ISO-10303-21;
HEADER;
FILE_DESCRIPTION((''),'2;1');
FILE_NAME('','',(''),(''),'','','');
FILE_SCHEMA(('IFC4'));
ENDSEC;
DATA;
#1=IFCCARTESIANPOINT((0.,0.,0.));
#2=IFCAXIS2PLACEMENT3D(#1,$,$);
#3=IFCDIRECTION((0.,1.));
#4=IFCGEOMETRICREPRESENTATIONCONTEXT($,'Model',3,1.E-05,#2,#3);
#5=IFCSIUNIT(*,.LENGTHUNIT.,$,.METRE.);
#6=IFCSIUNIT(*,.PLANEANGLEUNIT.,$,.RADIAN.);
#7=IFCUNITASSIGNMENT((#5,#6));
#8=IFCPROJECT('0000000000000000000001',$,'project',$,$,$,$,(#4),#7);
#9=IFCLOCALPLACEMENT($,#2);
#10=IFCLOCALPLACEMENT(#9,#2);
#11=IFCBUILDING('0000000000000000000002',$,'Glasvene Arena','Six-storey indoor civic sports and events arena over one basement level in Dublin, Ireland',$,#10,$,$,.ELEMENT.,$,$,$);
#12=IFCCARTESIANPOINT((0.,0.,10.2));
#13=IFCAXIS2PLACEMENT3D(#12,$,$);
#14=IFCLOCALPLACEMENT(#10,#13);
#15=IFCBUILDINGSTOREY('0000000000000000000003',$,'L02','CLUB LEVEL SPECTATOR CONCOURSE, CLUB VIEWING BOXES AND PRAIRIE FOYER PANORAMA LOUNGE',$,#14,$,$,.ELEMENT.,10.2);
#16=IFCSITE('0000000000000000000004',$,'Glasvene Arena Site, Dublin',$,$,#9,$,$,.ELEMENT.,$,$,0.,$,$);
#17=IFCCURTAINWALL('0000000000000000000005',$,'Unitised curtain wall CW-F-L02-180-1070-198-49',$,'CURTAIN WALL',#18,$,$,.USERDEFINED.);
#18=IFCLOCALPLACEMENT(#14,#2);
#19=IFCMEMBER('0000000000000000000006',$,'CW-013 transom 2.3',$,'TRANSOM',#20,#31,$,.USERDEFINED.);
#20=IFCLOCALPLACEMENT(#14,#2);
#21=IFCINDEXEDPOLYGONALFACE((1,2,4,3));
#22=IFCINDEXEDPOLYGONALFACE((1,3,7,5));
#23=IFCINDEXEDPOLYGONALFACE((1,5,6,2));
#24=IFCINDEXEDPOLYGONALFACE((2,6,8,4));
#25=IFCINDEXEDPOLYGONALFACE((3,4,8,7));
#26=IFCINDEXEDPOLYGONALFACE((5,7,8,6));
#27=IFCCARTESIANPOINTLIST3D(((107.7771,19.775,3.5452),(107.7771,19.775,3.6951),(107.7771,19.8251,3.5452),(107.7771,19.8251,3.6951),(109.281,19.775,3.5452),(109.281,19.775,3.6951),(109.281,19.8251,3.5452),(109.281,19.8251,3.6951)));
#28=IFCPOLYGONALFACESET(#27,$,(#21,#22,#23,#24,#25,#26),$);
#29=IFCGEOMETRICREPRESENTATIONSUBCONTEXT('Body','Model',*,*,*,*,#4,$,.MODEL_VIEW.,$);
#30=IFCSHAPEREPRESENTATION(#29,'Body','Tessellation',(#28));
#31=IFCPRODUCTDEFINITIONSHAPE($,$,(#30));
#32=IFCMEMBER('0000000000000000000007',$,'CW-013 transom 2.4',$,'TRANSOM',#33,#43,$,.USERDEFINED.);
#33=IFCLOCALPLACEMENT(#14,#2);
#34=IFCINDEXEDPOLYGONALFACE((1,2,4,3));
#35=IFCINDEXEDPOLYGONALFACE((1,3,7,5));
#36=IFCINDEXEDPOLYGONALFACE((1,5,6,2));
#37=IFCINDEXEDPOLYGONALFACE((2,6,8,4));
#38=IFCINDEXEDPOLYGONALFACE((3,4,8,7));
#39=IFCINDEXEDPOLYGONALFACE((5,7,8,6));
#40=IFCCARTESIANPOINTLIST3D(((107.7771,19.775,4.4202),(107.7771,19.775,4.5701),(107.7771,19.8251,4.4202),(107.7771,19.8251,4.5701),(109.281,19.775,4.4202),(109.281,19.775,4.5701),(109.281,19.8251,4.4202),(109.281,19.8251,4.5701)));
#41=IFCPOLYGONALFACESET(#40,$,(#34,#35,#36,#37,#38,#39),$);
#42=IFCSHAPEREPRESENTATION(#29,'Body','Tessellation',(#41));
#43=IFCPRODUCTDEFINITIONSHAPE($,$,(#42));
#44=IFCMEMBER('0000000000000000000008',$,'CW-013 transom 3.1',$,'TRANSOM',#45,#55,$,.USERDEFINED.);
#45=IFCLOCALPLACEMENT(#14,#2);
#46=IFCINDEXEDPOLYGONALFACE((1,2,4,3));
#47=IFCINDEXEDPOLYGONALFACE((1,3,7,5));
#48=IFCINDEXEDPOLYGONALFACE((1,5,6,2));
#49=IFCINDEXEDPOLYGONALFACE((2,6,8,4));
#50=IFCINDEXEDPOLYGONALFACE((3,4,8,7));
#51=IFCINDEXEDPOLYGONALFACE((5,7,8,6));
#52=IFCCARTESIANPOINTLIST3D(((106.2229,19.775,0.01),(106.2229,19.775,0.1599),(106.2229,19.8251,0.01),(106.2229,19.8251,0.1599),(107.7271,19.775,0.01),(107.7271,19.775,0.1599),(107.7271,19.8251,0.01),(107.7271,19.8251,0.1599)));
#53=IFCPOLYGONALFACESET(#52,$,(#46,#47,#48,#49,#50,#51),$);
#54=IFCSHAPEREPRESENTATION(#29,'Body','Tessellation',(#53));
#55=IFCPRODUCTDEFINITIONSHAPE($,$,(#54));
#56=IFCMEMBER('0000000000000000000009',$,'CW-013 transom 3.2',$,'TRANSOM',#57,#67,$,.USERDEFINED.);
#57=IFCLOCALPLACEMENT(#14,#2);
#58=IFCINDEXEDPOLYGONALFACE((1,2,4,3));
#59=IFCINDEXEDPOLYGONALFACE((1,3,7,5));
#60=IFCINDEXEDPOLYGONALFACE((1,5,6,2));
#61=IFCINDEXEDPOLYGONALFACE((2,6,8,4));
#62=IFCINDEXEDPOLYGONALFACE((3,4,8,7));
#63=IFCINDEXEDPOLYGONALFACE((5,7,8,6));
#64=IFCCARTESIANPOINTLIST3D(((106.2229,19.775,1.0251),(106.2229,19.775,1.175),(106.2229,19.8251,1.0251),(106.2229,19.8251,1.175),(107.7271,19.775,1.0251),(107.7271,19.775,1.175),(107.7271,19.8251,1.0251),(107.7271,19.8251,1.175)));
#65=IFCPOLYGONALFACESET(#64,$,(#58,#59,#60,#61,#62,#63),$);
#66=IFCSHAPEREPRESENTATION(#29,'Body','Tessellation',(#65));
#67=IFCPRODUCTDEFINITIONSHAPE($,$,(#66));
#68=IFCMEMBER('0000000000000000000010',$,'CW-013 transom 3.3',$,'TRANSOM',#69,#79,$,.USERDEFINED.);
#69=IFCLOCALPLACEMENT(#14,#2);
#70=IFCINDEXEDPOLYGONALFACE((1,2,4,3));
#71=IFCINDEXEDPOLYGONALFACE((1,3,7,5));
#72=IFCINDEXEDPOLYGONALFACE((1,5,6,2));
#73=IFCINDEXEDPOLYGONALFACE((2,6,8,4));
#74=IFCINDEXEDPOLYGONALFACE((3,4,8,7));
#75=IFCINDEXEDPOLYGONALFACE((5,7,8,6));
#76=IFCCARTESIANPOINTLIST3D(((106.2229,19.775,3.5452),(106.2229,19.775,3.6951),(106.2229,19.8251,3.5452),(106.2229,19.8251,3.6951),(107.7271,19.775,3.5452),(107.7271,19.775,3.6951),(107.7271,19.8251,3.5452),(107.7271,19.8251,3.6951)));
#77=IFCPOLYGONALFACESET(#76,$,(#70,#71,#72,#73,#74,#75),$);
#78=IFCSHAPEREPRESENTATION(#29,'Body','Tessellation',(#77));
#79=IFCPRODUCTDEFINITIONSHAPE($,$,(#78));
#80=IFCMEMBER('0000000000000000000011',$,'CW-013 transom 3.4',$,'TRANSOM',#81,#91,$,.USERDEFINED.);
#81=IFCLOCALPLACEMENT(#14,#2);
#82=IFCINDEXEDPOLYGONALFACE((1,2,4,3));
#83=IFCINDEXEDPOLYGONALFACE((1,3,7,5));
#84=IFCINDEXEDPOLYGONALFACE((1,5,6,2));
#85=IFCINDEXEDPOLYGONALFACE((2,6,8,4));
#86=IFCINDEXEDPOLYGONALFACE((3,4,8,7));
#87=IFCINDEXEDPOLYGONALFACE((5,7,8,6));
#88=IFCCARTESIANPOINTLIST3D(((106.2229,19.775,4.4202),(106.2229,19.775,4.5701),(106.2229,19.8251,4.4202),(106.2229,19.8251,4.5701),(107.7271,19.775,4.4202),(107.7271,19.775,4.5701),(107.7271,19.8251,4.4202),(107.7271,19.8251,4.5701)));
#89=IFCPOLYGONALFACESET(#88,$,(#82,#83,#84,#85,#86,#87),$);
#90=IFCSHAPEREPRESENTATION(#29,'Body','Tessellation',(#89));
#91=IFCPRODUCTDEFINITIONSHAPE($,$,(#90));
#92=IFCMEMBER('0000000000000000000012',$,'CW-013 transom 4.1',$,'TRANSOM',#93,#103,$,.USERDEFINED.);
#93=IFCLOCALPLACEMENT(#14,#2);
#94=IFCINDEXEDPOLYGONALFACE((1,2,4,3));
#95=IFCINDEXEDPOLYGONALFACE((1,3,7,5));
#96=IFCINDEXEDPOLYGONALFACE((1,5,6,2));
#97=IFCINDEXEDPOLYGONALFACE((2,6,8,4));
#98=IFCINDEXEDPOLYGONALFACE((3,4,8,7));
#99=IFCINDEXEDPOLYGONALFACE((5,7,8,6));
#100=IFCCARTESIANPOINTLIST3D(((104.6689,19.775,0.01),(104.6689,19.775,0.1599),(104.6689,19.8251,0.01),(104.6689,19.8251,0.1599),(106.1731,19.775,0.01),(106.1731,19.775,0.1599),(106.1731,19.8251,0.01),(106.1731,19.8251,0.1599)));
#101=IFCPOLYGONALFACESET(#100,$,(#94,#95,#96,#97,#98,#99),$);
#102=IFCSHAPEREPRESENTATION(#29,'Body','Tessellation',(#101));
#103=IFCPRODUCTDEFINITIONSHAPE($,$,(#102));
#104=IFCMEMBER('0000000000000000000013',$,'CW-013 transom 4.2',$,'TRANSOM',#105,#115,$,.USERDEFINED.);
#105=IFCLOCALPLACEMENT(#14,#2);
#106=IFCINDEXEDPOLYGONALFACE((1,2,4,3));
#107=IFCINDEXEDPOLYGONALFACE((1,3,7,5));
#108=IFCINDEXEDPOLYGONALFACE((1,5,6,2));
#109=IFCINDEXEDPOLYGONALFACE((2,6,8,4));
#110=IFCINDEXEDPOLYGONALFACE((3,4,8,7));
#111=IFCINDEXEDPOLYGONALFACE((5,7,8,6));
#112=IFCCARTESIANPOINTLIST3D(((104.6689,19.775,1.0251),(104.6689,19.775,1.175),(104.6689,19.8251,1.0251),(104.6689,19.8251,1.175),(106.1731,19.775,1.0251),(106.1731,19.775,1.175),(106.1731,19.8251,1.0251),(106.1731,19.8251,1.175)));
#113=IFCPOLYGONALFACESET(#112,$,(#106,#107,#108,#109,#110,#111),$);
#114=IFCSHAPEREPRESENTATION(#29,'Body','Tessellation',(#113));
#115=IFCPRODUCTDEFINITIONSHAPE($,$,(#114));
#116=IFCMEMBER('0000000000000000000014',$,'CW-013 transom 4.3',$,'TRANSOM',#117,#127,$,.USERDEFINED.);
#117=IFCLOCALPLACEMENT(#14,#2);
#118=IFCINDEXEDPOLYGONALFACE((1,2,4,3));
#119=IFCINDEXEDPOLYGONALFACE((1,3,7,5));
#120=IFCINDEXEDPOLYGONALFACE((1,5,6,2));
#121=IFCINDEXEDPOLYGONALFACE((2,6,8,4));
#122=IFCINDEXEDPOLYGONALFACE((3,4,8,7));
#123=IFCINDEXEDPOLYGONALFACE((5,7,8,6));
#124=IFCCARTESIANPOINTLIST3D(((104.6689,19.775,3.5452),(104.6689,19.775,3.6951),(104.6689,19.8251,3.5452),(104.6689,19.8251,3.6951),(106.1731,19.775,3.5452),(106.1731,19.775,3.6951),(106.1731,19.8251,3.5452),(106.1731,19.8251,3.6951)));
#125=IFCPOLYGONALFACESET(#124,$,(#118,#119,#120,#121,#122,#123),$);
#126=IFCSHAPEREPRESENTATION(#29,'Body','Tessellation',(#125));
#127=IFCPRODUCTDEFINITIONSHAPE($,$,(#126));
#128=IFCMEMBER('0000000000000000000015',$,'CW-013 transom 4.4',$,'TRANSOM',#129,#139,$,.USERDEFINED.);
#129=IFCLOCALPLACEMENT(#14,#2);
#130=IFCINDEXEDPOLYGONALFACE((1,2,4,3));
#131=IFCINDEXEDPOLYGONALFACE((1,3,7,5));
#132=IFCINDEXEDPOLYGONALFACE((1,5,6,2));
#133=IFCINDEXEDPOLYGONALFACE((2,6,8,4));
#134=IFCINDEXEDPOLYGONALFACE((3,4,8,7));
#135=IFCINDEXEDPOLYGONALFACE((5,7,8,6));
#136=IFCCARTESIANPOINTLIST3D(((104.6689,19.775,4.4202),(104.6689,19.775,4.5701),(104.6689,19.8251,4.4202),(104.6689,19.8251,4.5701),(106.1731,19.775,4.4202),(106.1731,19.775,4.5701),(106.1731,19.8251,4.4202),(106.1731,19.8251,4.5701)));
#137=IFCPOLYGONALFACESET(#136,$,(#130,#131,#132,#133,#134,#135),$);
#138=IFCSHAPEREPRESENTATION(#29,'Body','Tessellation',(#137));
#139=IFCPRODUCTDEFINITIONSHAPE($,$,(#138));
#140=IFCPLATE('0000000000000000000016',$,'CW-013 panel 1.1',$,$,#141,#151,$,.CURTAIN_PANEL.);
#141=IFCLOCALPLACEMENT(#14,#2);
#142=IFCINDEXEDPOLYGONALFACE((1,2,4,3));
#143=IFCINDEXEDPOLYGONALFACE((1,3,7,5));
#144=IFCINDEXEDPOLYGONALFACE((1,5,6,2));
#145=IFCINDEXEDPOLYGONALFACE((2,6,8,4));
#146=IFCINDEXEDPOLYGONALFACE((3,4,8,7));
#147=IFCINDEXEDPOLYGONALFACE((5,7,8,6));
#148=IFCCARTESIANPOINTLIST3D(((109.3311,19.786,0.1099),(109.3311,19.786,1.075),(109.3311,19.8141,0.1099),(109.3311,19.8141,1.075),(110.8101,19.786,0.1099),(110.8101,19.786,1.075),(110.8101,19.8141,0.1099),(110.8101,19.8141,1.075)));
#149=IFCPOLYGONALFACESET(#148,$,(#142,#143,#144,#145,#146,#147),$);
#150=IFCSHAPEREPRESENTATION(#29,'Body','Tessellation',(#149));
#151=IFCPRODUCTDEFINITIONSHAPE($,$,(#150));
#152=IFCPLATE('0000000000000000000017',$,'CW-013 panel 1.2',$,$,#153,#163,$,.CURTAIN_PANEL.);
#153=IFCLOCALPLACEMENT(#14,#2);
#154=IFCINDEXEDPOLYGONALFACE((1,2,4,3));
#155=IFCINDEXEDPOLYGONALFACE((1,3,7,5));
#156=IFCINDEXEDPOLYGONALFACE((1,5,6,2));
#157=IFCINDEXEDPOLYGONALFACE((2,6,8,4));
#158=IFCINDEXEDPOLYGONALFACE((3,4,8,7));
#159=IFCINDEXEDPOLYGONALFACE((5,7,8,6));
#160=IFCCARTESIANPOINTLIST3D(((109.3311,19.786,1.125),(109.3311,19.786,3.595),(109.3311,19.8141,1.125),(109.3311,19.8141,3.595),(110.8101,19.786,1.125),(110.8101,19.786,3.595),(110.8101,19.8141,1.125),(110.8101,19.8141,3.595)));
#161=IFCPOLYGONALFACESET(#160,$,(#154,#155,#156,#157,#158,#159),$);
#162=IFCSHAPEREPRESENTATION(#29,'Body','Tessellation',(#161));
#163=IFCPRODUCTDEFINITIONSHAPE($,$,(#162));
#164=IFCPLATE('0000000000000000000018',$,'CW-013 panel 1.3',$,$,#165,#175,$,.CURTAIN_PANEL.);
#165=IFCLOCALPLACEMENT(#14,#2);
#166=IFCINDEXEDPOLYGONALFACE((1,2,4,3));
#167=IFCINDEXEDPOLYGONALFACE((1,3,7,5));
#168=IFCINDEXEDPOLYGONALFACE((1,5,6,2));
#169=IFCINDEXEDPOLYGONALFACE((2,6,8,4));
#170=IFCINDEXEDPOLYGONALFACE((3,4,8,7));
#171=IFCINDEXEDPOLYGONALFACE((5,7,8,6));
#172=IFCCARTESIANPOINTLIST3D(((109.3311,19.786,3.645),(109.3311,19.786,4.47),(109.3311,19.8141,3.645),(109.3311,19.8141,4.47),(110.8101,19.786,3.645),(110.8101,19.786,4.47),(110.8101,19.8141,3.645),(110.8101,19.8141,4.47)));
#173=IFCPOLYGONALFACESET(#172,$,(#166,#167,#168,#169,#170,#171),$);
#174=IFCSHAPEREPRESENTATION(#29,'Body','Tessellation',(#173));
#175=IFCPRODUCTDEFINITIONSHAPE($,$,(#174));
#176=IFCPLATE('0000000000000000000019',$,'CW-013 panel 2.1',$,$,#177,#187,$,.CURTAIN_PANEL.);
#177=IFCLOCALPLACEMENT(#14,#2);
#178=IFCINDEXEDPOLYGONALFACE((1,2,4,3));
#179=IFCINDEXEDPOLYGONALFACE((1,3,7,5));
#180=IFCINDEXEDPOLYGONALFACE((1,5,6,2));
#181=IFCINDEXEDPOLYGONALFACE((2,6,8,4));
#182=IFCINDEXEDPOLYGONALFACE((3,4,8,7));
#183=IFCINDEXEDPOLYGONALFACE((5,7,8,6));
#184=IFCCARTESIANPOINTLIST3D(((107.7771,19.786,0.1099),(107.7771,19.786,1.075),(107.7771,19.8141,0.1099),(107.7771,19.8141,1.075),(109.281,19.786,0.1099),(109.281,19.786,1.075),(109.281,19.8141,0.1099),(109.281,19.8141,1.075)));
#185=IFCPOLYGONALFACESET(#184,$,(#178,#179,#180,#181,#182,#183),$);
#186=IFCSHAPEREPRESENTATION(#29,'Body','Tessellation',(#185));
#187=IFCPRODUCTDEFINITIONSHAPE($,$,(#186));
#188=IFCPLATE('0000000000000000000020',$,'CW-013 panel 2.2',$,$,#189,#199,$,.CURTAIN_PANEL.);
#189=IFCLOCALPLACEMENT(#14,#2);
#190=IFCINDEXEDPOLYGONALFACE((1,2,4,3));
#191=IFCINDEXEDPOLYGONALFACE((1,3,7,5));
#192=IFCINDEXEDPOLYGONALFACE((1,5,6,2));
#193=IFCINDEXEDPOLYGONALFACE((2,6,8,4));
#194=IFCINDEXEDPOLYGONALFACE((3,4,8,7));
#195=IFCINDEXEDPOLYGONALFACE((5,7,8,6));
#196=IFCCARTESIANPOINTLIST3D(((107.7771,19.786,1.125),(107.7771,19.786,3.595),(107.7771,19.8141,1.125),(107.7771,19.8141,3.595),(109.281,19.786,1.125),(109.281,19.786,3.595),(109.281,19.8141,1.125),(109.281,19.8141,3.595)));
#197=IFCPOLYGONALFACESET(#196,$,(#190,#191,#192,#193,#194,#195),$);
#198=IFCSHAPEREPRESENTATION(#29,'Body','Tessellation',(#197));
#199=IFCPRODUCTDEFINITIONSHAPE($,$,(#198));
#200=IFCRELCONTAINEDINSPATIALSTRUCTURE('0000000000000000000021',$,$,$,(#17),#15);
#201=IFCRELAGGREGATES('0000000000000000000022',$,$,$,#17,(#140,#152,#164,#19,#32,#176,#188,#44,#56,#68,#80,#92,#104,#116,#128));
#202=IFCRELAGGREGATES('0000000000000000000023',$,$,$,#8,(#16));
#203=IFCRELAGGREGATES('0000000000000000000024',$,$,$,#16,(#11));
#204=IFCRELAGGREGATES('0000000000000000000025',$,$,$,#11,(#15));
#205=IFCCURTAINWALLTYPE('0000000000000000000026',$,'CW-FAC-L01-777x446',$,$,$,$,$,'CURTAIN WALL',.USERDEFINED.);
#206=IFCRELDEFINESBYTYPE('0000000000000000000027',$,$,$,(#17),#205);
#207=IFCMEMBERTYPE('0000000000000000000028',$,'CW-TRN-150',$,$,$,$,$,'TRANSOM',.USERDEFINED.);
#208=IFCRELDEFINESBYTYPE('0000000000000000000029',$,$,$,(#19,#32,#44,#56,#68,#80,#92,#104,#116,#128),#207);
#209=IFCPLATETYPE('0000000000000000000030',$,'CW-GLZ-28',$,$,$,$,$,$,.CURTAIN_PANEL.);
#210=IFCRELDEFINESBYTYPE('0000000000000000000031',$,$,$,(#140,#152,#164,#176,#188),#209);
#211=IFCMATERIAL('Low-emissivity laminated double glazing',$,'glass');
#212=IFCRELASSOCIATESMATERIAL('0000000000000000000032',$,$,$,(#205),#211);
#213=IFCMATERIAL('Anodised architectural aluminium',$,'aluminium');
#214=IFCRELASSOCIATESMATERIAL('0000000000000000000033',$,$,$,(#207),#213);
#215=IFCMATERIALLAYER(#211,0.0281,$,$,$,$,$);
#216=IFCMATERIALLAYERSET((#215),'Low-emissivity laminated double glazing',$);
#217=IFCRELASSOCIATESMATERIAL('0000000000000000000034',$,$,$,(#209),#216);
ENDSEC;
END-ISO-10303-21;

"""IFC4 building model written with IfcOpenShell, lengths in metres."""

from ifc_helpers import new_model, si_unit, direction, frame, origin, origin_2d, place, context, subcontext, project, spatial, rectangle, extrude, material, layer, layer_set, material_profile, profile_set, type_object, element, aggregate, save


model = new_model("IFC4")

# Units and contexts
model_context = context("Model", 3, precision=1e-05, world=origin(), true_north=direction((0.0, 1.0)))
body_context = subcontext(model_context, "Body", "Model", "MODEL_VIEW")
ifc_project = project(units=[si_unit("LENGTHUNIT", "METRE"), si_unit("PLANEANGLEUNIT", "RADIAN")], contexts=[model_context])

# Site, building, storey
site_placement = place(None, origin())
site = spatial("IfcSite", under=ifc_project, at=site_placement, Name="Glasvene Arena Site, Dublin", CompositionType="ELEMENT", RefElevation=0.0)
building_placement = place(site_placement, origin())
building = spatial("IfcBuilding", under=site, at=building_placement, Name="Glasvene Arena", Description="Six-storey indoor civic sports and events arena over one basement level in Dublin, Ireland", CompositionType="ELEMENT")
storey_placement = place(building_placement, frame((0.0, 0.0, 10.2)))
storey = spatial("IfcBuildingStorey", under=building, at=storey_placement, Name="L02", Description="CLUB LEVEL SPECTATOR CONCOURSE, CLUB VIEWING BOXES AND PRAIRIE FOYER PANORAMA LOUNGE", CompositionType="ELEMENT", Elevation=10.2)

# Curtain wall, members, plates
ifc_material_1 = material(Name="Low-emissivity laminated double glazing", Category="glass")
curtain_wall_type = type_object("IfcCurtainWallType", Name="CW-FAC-L01-777x446", ElementType="CURTAIN WALL", PredefinedType="USERDEFINED", material=ifc_material_1)
curtain_wall_placement = place(storey_placement, frame((110.8601, 19.8, 0.0)))
curtain_wall = element("IfcCurtainWall", 1, at=curtain_wall_placement, inside=storey, type_object=curtain_wall_type, Name="Unitised curtain wall CW-F-L02-180-1070-198-49", ObjectType="CURTAIN WALL", PredefinedType="USERDEFINED")
ifc_material_2 = material(Name="Anodised architectural aluminium", Category="aluminium")
ifc_material_profile_1 = material_profile(ifc_material_2, rectangle(XDim=0.05, YDim=0.1499, at=origin_2d()), Name="ALU TRANSOM 50x150")
ifc_profile_set_1 = profile_set([ifc_material_profile_1], Name="Anodised architectural aluminium")
member_type_1 = type_object("IfcMemberType", Name="CW-TRN-150", ElementType="TRANSOM", PredefinedType="USERDEFINED", material=ifc_profile_set_1)
member_1_placement = place(storey_placement, frame((109.281, 19.8, 3.6201), z_axis=(-1.0, 0.0, 0.0), x_axis=(0.0, -1.0, 0.0)))
member_1 = element("IfcMember", 2, at=member_1_placement, type_object=member_type_1, Name="CW-013 transom 2.3", ObjectType="TRANSOM", PredefinedType="USERDEFINED", context=body_context, shape_type="SweptSolid", body=[
    extrude(rectangle(XDim=0.05, YDim=0.1499, at=origin_2d()), origin(), (0.0, 0.0, 1.0), 1.5039),
])
member_2_placement = place(storey_placement, frame((109.281, 19.8, 4.4951), z_axis=(-1.0, 0.0, 0.0), x_axis=(0.0, -1.0, 0.0)))
member_2 = element("IfcMember", 3, at=member_2_placement, type_object=member_type_1, Name="CW-013 transom 2.4", ObjectType="TRANSOM", PredefinedType="USERDEFINED", context=body_context, shape_type="SweptSolid", body=[
    extrude(rectangle(XDim=0.05, YDim=0.1499, at=origin_2d()), origin(), (0.0, 0.0, 1.0), 1.5039),
])
member_3_placement = place(storey_placement, frame((107.7271, 19.8, 0.085), z_axis=(-1.0, 0.0, 0.0), x_axis=(0.0, -1.0, 0.0)))
member_3 = element("IfcMember", 4, at=member_3_placement, type_object=member_type_1, Name="CW-013 transom 3.1", ObjectType="TRANSOM", PredefinedType="USERDEFINED", context=body_context, shape_type="SweptSolid", body=[
    extrude(rectangle(XDim=0.05, YDim=0.1499, at=origin_2d()), origin(), (0.0, 0.0, 1.0), 1.5042),
])
member_4_placement = place(storey_placement, frame((107.7271, 19.8, 1.1001), z_axis=(-1.0, 0.0, 0.0), x_axis=(0.0, -1.0, 0.0)))
member_4 = element("IfcMember", 5, at=member_4_placement, type_object=member_type_1, Name="CW-013 transom 3.2", ObjectType="TRANSOM", PredefinedType="USERDEFINED", context=body_context, shape_type="SweptSolid", body=[
    extrude(rectangle(XDim=0.05, YDim=0.1499, at=origin_2d()), origin(), (0.0, 0.0, 1.0), 1.5042),
])
member_5_placement = place(storey_placement, frame((107.7271, 19.8, 3.6201), z_axis=(-1.0, 0.0, 0.0), x_axis=(0.0, -1.0, 0.0)))
member_5 = element("IfcMember", 6, at=member_5_placement, type_object=member_type_1, Name="CW-013 transom 3.3", ObjectType="TRANSOM", PredefinedType="USERDEFINED", context=body_context, shape_type="SweptSolid", body=[
    extrude(rectangle(XDim=0.05, YDim=0.1499, at=origin_2d()), origin(), (0.0, 0.0, 1.0), 1.5042),
])
member_6_placement = place(storey_placement, frame((107.7271, 19.8, 4.4951), z_axis=(-1.0, 0.0, 0.0), x_axis=(0.0, -1.0, 0.0)))
member_6 = element("IfcMember", 7, at=member_6_placement, type_object=member_type_1, Name="CW-013 transom 3.4", ObjectType="TRANSOM", PredefinedType="USERDEFINED", context=body_context, shape_type="SweptSolid", body=[
    extrude(rectangle(XDim=0.05, YDim=0.1499, at=origin_2d()), origin(), (0.0, 0.0, 1.0), 1.5042),
])
member_7_placement = place(storey_placement, frame((106.1731, 19.8, 0.085), z_axis=(-1.0, 0.0, 0.0), x_axis=(0.0, -1.0, 0.0)))
member_7 = element("IfcMember", 8, at=member_7_placement, type_object=member_type_1, Name="CW-013 transom 4.1", ObjectType="TRANSOM", PredefinedType="USERDEFINED", context=body_context, shape_type="SweptSolid", body=[
    extrude(rectangle(XDim=0.05, YDim=0.1499, at=origin_2d()), origin(), (0.0, 0.0, 1.0), 1.5042),
])
member_8_placement = place(storey_placement, frame((106.1731, 19.8, 1.1001), z_axis=(-1.0, 0.0, 0.0), x_axis=(0.0, -1.0, 0.0)))
member_8 = element("IfcMember", 9, at=member_8_placement, type_object=member_type_1, Name="CW-013 transom 4.2", ObjectType="TRANSOM", PredefinedType="USERDEFINED", context=body_context, shape_type="SweptSolid", body=[
    extrude(rectangle(XDim=0.05, YDim=0.1499, at=origin_2d()), origin(), (0.0, 0.0, 1.0), 1.5042),
])
member_9_placement = place(storey_placement, frame((106.1731, 19.8, 3.6201), z_axis=(-1.0, 0.0, 0.0), x_axis=(0.0, -1.0, 0.0)))
member_9 = element("IfcMember", 10, at=member_9_placement, type_object=member_type_1, Name="CW-013 transom 4.3", ObjectType="TRANSOM", PredefinedType="USERDEFINED", context=body_context, shape_type="SweptSolid", body=[
    extrude(rectangle(XDim=0.05, YDim=0.1499, at=origin_2d()), origin(), (0.0, 0.0, 1.0), 1.5042),
])
member_10_placement = place(storey_placement, frame((106.1731, 19.8, 4.4951), z_axis=(-1.0, 0.0, 0.0), x_axis=(0.0, -1.0, 0.0)))
member_10 = element("IfcMember", 11, at=member_10_placement, type_object=member_type_1, Name="CW-013 transom 4.4", ObjectType="TRANSOM", PredefinedType="USERDEFINED", context=body_context, shape_type="SweptSolid", body=[
    extrude(rectangle(XDim=0.05, YDim=0.1499, at=origin_2d()), origin(), (0.0, 0.0, 1.0), 1.5042),
])
ifc_layer_1 = layer(ifc_material_1, 0.0281)
ifc_layer_set_1 = layer_set([ifc_layer_1], Name="Low-emissivity laminated double glazing")
plate_type = type_object("IfcPlateType", Name="CW-GLZ-28", PredefinedType="CURTAIN_PANEL", material=ifc_layer_set_1)
plate_1_placement = place(storey_placement, frame((110.0706, 19.8, 0.1099), z_axis=(0.0, 0.0, 1.0), x_axis=(-1.0, 0.0, 0.0)))
plate_1 = element("IfcPlate", 12, at=plate_1_placement, type_object=plate_type, Name="CW-013 panel 1.1", PredefinedType="CURTAIN_PANEL", context=body_context, shape_type="SweptSolid", body=[
    extrude(rectangle(XDim=1.479, YDim=0.0281, at=origin_2d()), origin(), (0.0, 0.0, 1.0), 0.9651),
])
plate_2_placement = place(storey_placement, frame((110.0706, 19.8, 1.125), z_axis=(0.0, 0.0, 1.0), x_axis=(-1.0, 0.0, 0.0)))
plate_2 = element("IfcPlate", 13, at=plate_2_placement, type_object=plate_type, Name="CW-013 panel 1.2", PredefinedType="CURTAIN_PANEL", context=body_context, shape_type="SweptSolid", body=[
    extrude(rectangle(XDim=1.479, YDim=0.0281, at=origin_2d()), origin(), (0.0, 0.0, 1.0), 2.47),
])
plate_3_placement = place(storey_placement, frame((110.0706, 19.8, 3.645), z_axis=(0.0, 0.0, 1.0), x_axis=(-1.0, 0.0, 0.0)))
plate_3 = element("IfcPlate", 14, at=plate_3_placement, type_object=plate_type, Name="CW-013 panel 1.3", PredefinedType="CURTAIN_PANEL", context=body_context, shape_type="SweptSolid", body=[
    extrude(rectangle(XDim=1.479, YDim=0.0281, at=origin_2d()), origin(), (0.0, 0.0, 1.0), 0.825),
])
plate_4_placement = place(storey_placement, frame((108.5291, 19.8, 0.1099), z_axis=(0.0, 0.0, 1.0), x_axis=(-1.0, 0.0, 0.0)))
plate_4 = element("IfcPlate", 15, at=plate_4_placement, type_object=plate_type, Name="CW-013 panel 2.1", PredefinedType="CURTAIN_PANEL", context=body_context, shape_type="SweptSolid", body=[
    extrude(rectangle(XDim=1.5039, YDim=0.0281, at=origin_2d()), origin(), (0.0, 0.0, 1.0), 0.9651),
])
plate_5_placement = place(storey_placement, frame((108.5291, 19.8, 1.125), z_axis=(0.0, 0.0, 1.0), x_axis=(-1.0, 0.0, 0.0)))
plate_5 = element("IfcPlate", 16, at=plate_5_placement, type_object=plate_type, Name="CW-013 panel 2.2", PredefinedType="CURTAIN_PANEL", context=body_context, shape_type="SweptSolid", body=[
    extrude(rectangle(XDim=1.5039, YDim=0.0281, at=origin_2d()), origin(), (0.0, 0.0, 1.0), 2.47),
])
aggregate(curtain_wall, [plate_1, plate_2, plate_3, member_1, member_2, plate_4, plate_5, member_3, member_4, member_5, member_6, member_7, member_8, member_9, member_10])

save(model, "model.ifc")
